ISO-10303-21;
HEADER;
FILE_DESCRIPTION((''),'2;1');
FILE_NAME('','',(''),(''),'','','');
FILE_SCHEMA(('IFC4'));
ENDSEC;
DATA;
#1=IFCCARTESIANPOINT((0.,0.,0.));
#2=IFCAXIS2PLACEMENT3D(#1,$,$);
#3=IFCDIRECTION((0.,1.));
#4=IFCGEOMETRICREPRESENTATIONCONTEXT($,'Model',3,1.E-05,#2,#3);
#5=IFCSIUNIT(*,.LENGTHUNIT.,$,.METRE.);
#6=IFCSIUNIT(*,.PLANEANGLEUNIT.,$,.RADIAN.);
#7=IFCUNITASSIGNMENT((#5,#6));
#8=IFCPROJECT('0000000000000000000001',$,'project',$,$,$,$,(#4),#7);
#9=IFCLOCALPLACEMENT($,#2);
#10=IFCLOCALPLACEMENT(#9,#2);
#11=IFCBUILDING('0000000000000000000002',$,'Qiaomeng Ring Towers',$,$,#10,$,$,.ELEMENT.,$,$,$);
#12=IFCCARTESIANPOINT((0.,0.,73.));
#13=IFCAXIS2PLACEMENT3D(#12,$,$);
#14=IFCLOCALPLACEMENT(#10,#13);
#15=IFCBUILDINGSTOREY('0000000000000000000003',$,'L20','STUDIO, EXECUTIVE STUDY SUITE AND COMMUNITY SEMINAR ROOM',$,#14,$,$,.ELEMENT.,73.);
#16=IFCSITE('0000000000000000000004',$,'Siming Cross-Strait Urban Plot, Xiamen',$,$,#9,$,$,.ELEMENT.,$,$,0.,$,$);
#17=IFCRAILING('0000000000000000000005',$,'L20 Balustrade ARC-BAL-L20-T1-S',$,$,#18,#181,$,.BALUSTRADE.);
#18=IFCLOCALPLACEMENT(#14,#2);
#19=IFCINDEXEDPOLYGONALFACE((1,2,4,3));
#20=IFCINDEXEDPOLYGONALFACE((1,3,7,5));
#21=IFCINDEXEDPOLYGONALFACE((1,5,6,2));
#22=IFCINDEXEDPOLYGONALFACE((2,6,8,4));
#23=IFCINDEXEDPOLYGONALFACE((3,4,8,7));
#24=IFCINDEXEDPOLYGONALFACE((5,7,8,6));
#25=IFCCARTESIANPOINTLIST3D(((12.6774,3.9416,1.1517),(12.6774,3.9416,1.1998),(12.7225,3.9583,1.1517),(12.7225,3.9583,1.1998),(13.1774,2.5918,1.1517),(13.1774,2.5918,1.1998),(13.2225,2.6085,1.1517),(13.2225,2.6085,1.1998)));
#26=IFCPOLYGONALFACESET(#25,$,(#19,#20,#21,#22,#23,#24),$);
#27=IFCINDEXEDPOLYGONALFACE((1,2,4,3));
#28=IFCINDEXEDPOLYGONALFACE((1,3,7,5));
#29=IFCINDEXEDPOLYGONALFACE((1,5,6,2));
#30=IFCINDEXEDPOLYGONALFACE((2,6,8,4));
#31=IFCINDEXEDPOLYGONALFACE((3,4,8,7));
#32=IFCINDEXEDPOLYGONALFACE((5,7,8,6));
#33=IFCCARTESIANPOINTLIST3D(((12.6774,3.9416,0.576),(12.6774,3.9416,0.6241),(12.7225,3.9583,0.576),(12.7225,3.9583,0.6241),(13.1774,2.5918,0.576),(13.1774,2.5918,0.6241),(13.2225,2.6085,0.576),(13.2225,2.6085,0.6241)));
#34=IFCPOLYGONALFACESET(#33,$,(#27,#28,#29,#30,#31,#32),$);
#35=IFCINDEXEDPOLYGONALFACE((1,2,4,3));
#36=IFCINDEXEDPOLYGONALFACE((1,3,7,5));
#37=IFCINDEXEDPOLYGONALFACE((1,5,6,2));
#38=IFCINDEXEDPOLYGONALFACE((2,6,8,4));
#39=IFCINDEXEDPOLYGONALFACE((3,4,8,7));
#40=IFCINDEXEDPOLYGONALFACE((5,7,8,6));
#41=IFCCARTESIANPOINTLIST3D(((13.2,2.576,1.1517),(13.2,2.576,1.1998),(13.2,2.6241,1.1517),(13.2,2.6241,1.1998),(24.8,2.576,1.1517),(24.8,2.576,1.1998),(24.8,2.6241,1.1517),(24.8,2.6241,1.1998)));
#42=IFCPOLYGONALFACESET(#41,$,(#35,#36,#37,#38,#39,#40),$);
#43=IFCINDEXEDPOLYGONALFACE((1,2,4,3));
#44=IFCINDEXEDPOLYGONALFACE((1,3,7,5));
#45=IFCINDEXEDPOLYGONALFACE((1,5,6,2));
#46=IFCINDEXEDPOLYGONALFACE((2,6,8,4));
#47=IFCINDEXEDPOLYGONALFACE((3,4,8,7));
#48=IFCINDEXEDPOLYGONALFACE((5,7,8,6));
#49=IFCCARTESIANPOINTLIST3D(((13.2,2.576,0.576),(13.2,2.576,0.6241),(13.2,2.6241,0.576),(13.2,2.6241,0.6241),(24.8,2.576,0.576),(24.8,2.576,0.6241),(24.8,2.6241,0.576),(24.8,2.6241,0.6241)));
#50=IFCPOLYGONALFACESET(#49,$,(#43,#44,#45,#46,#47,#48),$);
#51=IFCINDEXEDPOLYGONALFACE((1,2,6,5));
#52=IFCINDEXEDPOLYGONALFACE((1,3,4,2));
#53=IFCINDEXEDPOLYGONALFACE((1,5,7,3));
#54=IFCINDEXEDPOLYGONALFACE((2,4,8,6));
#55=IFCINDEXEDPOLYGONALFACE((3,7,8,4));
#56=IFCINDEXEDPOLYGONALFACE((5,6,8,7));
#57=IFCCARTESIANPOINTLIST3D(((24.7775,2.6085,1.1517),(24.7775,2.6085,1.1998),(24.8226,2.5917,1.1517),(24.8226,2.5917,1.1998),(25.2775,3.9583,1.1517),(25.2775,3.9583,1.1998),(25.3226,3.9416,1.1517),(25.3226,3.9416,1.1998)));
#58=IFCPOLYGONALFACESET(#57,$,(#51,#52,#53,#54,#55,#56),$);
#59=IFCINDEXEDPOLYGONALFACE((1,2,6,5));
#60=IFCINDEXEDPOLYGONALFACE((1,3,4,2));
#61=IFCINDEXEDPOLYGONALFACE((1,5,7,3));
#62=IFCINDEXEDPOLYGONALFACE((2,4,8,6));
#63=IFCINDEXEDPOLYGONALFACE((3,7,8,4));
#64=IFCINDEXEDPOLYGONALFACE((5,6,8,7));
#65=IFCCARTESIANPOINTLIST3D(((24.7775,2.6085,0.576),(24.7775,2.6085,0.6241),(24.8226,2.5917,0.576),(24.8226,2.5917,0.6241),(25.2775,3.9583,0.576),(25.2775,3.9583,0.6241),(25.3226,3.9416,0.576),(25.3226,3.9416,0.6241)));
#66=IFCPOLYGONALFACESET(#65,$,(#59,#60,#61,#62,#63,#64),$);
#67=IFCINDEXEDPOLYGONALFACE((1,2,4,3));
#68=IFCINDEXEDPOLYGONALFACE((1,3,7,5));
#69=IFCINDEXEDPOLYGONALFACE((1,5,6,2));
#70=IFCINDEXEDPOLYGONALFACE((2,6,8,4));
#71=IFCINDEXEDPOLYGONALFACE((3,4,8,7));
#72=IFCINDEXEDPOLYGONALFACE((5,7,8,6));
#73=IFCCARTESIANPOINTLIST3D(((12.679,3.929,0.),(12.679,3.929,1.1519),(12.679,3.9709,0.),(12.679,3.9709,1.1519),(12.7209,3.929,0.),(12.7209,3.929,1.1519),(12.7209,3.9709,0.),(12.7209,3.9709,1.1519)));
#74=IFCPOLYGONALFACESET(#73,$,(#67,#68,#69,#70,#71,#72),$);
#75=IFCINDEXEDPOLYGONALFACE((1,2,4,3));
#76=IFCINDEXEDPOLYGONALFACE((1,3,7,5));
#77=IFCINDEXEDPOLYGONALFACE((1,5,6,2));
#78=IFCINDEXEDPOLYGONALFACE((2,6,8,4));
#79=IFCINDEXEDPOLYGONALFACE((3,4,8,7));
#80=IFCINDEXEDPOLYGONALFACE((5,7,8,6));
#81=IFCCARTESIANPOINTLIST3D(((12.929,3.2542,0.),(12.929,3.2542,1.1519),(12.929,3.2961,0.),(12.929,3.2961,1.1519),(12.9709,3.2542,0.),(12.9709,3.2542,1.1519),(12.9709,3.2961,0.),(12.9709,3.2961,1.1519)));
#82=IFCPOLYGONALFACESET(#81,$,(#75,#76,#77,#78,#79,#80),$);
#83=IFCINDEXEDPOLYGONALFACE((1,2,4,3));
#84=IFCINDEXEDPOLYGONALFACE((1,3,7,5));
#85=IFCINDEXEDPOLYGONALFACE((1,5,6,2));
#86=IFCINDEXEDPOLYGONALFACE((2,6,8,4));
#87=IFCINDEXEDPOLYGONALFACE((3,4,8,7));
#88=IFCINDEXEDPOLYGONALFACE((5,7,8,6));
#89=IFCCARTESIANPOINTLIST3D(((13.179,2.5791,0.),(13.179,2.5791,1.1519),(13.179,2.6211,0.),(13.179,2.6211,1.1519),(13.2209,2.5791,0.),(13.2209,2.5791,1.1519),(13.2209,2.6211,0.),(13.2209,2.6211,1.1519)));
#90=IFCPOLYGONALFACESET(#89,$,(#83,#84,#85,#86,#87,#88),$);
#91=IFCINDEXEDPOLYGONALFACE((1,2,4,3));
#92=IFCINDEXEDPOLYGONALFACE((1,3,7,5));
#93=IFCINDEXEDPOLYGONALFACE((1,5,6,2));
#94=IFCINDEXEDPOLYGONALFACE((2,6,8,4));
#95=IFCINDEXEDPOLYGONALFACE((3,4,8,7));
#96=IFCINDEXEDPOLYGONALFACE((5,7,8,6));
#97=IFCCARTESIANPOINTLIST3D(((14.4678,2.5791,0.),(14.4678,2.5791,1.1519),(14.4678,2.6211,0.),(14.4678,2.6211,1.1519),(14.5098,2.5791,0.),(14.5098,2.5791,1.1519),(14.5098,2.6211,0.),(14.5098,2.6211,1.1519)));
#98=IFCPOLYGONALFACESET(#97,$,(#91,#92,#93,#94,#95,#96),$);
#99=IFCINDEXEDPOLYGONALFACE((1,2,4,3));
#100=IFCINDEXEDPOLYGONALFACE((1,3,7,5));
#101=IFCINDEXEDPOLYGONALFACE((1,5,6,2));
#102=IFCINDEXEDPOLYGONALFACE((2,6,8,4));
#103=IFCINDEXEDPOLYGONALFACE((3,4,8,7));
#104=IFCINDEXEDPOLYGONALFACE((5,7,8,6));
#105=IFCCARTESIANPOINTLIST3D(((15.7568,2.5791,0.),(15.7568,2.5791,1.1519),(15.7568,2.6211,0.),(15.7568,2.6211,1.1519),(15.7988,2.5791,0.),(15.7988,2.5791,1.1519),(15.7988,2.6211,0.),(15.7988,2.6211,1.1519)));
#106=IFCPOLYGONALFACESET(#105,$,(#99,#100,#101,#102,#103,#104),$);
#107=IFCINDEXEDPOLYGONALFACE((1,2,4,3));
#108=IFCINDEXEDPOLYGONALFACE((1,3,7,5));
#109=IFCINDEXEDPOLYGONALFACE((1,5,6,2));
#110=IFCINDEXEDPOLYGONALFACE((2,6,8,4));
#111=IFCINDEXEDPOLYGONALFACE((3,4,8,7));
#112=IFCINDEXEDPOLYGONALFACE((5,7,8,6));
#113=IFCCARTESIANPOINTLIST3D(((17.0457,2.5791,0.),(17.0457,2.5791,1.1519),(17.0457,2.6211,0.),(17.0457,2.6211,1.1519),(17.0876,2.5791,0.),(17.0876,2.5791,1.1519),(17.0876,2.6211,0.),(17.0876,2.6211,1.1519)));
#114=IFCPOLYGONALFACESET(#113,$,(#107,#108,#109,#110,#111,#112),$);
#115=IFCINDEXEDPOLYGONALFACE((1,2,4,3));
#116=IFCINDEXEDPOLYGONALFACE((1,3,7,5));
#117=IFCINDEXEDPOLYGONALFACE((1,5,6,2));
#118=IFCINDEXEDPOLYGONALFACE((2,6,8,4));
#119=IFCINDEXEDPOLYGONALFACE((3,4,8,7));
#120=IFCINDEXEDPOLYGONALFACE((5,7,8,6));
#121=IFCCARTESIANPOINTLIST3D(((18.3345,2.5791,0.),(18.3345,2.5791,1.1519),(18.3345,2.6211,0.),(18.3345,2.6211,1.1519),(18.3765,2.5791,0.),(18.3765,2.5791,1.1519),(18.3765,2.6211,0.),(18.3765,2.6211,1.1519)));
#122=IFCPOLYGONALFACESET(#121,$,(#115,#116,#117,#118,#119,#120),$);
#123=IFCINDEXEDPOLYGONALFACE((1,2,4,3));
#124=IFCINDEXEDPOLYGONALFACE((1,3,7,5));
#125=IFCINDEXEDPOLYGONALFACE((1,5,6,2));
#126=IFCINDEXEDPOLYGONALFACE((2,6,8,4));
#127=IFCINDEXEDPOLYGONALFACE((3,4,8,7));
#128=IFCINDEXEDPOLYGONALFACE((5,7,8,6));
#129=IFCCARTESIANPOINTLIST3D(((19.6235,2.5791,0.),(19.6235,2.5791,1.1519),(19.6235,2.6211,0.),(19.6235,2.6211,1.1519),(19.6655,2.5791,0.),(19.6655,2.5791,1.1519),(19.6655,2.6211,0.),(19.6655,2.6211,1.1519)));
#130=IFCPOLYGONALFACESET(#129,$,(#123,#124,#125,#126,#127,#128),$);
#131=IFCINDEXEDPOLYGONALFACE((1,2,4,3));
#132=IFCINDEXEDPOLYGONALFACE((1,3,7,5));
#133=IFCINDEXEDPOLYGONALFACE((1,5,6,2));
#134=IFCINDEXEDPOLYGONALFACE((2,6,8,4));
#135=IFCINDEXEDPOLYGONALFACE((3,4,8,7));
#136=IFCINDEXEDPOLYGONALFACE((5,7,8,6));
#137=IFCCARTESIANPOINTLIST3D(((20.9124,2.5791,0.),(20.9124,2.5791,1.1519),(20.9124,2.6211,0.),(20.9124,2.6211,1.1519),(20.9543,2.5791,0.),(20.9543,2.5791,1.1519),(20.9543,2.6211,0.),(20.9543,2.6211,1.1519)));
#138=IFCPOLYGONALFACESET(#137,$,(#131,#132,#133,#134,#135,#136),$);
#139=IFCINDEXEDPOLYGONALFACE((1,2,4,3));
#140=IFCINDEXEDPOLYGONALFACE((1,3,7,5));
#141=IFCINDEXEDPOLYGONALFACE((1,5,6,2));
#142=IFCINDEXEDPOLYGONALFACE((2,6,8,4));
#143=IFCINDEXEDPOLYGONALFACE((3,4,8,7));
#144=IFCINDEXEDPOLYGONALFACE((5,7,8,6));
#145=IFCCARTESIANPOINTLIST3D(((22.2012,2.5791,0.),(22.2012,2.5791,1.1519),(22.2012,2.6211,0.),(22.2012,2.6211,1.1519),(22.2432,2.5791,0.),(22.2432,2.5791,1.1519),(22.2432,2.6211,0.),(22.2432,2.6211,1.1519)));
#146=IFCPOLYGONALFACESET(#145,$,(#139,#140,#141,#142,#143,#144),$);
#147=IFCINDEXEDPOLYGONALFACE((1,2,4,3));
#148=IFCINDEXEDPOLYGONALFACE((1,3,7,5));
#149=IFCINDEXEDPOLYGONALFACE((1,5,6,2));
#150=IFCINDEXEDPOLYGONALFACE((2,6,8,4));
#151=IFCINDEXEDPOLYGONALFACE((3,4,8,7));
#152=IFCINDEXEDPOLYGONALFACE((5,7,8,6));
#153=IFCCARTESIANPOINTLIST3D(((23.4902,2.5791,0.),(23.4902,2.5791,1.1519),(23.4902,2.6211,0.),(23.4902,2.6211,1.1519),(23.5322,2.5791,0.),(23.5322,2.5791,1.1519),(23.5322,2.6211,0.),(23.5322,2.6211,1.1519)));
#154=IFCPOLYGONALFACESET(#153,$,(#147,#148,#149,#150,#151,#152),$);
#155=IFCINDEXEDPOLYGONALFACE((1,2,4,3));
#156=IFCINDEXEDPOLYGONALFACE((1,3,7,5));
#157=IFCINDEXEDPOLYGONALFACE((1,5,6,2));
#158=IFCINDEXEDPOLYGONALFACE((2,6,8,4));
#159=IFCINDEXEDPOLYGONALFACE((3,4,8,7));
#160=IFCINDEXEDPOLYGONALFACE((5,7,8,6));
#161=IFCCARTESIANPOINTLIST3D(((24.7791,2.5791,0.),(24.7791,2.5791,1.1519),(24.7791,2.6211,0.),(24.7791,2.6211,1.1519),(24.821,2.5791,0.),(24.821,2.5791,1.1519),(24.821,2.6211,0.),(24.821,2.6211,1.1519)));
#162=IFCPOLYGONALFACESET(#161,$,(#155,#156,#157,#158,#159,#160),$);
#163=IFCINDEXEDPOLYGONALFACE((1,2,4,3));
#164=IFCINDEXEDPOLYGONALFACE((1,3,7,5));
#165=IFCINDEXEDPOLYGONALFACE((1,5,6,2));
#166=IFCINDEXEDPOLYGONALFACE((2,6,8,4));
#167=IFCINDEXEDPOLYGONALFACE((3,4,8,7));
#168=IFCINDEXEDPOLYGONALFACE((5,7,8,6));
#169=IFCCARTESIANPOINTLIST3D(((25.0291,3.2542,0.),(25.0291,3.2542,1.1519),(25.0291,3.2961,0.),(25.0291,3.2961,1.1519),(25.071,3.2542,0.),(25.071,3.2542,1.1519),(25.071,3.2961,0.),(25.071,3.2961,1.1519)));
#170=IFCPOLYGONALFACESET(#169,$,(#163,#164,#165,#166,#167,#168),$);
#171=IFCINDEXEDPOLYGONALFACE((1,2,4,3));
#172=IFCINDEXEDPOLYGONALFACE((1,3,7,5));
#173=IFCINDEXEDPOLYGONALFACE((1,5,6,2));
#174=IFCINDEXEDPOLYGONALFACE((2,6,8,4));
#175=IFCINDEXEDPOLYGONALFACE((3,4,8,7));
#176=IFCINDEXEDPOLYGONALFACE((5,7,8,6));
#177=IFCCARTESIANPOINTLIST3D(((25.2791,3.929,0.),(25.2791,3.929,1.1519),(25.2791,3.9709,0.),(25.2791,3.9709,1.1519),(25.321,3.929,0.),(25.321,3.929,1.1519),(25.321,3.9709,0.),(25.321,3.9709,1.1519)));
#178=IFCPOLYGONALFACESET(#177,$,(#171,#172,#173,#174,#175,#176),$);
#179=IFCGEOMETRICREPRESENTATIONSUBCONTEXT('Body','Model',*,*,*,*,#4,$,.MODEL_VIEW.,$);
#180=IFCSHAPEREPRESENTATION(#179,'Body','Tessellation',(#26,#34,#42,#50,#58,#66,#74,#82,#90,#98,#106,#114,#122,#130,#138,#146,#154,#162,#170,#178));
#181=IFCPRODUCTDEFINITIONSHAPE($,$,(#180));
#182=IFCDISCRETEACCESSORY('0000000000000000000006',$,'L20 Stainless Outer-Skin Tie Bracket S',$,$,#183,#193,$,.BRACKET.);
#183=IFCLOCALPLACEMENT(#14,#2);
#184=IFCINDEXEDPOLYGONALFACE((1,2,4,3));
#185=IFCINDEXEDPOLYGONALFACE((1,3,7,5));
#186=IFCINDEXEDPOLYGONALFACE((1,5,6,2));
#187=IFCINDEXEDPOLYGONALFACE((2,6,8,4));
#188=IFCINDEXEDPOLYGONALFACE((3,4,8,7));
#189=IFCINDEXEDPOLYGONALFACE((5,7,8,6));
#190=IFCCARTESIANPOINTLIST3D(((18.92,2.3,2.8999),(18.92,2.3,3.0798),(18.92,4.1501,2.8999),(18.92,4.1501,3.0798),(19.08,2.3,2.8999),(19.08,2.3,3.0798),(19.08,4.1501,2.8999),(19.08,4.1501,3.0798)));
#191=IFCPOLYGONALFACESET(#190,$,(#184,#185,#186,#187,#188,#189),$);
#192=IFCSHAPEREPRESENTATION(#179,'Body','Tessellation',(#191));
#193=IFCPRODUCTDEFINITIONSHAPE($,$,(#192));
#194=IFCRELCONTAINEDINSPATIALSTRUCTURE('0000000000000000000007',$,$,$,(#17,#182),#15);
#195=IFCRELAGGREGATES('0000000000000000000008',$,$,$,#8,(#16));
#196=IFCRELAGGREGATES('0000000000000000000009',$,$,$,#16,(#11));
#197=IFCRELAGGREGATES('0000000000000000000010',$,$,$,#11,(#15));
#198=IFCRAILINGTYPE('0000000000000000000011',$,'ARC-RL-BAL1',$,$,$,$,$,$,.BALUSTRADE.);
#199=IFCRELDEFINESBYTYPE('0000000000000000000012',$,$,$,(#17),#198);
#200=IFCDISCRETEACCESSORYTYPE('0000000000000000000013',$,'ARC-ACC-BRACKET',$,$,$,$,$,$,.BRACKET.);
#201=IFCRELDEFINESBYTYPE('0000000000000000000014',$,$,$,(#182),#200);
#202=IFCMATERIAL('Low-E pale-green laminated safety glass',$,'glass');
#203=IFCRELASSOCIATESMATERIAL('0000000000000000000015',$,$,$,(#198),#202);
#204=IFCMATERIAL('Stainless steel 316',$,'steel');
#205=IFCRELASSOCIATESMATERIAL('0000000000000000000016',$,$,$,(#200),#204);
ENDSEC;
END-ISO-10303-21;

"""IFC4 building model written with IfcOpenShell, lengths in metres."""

from ifc_helpers import new_model, si_unit, direction, frame, origin, origin_2d, place, context, subcontext, project, spatial, rectangle, extrude, source, transform, mapped, material, type_object, element, save


model = new_model("IFC4")

# Units and contexts
model_context = context("Model", 3, precision=1e-05, world=origin(), true_north=direction((0.0, 1.0)))
body_context = subcontext(model_context, "Body", "Model", "MODEL_VIEW")
ifc_project = project(units=[si_unit("LENGTHUNIT", "METRE"), si_unit("PLANEANGLEUNIT", "RADIAN")], contexts=[model_context])

# Site, building, storey
site_placement = place(None, origin())
site = spatial("IfcSite", under=ifc_project, at=site_placement, Name="Siming Cross-Strait Urban Plot, Xiamen", CompositionType="ELEMENT", RefElevation=0.0)
building_placement = place(site_placement, origin())
building = spatial("IfcBuilding", under=site, at=building_placement, Name="Qiaomeng Ring Towers", CompositionType="ELEMENT")
storey_placement = place(building_placement, frame((0.0, 0.0, 73.0)))
storey = spatial("IfcBuildingStorey", under=building, at=storey_placement, Name="L20", Description="STUDIO, EXECUTIVE STUDY SUITE AND COMMUNITY SEMINAR ROOM", CompositionType="ELEMENT", Elevation=73.0)

# Shared definitions
ifc_material_1 = material(Name="Stainless steel 316", Category="steel")

# Railing
ifc_material_2 = material(Name="Low-E pale-green laminated safety glass", Category="glass")
railing_type = type_object("IfcRailingType", Name="ARC-RL-BAL1", PredefinedType="BALUSTRADE", material=ifc_material_2)
railing_placement = place(storey_placement, frame((12.7, 3.95, 0.0)))
element("IfcRailing", 1, at=railing_placement, inside=storey, type_object=railing_type, Name="L20 Balustrade ARC-BAL-L20-T1-S", PredefinedType="BALUSTRADE", context=body_context, shape_type="SweptSolid", body=[
    extrude(rectangle(XDim=0.0481, YDim=0.0481, at=origin_2d()), frame((0.0, 0.0, 1.1758), z_axis=(0.347347, -0.937736, 0.0), x_axis=(0.937736, 0.347347, 0.0)), (0.0, 0.0, 1.0), 1.4395),
    extrude(rectangle(XDim=0.0481, YDim=0.0481, at=origin_2d()), frame((0.0, 0.0, 0.6001), z_axis=(0.347347, -0.937736, 0.0), x_axis=(0.937736, 0.347347, 0.0)), (0.0, 0.0, 1.0), 1.4395),
    extrude(rectangle(XDim=0.0481, YDim=0.0481, at=origin_2d()), frame((0.5, -1.3499, 1.1758), z_axis=(1.0, 0.0, 0.0), x_axis=(0.0, 1.0, 0.0)), (0.0, 0.0, 1.0), 11.6001),
    extrude(rectangle(XDim=0.0481, YDim=0.0481, at=origin_2d()), frame((0.5, -1.3499, 0.6001), z_axis=(1.0, 0.0, 0.0), x_axis=(0.0, 1.0, 0.0)), (0.0, 0.0, 1.0), 11.6001),
    extrude(rectangle(XDim=0.0481, YDim=0.0481, at=origin_2d()), frame((12.1001, -1.3499, 1.1758), z_axis=(0.347347, 0.937736, 0.0), x_axis=(-0.937736, 0.347347, 0.0)), (0.0, 0.0, 1.0), 1.4395),
    extrude(rectangle(XDim=0.0481, YDim=0.0481, at=origin_2d()), frame((12.1001, -1.3499, 0.6001), z_axis=(0.347347, 0.937736, 0.0), x_axis=(-0.937736, 0.347347, 0.0)), (0.0, 0.0, 1.0), 1.4395),
    extrude(rectangle(XDim=0.042, YDim=0.042, at=origin_2d()), origin(), (0.0, 0.0, 1.0), 1.1519),
    extrude(rectangle(XDim=0.042, YDim=0.042, at=origin_2d()), frame((0.25, -0.6748, 0.0)), (0.0, 0.0, 1.0), 1.1519),
    extrude(rectangle(XDim=0.042, YDim=0.042, at=origin_2d()), frame((0.5, -1.3499, 0.0)), (0.0, 0.0, 1.0), 1.1519),
    extrude(rectangle(XDim=0.042, YDim=0.042, at=origin_2d()), frame((1.7888, -1.3499, 0.0)), (0.0, 0.0, 1.0), 1.1519),
    extrude(rectangle(XDim=0.042, YDim=0.042, at=origin_2d()), frame((3.0779, -1.3499, 0.0)), (0.0, 0.0, 1.0), 1.1519),
    extrude(rectangle(XDim=0.042, YDim=0.042, at=origin_2d()), frame((4.3667, -1.3499, 0.0)), (0.0, 0.0, 1.0), 1.1519),
    extrude(rectangle(XDim=0.042, YDim=0.042, at=origin_2d()), frame((5.6555, -1.3499, 0.0)), (0.0, 0.0, 1.0), 1.1519),
    extrude(rectangle(XDim=0.042, YDim=0.042, at=origin_2d()), frame((6.9446, -1.3499, 0.0)), (0.0, 0.0, 1.0), 1.1519),
    extrude(rectangle(XDim=0.042, YDim=0.042, at=origin_2d()), frame((8.2334, -1.3499, 0.0)), (0.0, 0.0, 1.0), 1.1519),
    extrude(rectangle(XDim=0.042, YDim=0.042, at=origin_2d()), frame((9.5222, -1.3499, 0.0)), (0.0, 0.0, 1.0), 1.1519),
    extrude(rectangle(XDim=0.042, YDim=0.042, at=origin_2d()), frame((10.8113, -1.3499, 0.0)), (0.0, 0.0, 1.0), 1.1519),
    extrude(rectangle(XDim=0.042, YDim=0.042, at=origin_2d()), frame((12.1001, -1.3499, 0.0)), (0.0, 0.0, 1.0), 1.1519),
    extrude(rectangle(XDim=0.042, YDim=0.042, at=origin_2d()), frame((12.3501, -0.6748, 0.0)), (0.0, 0.0, 1.0), 1.1519),
    extrude(rectangle(XDim=0.042, YDim=0.042, at=origin_2d()), frame((12.6001, 0.0, 0.0)), (0.0, 0.0, 1.0), 1.1519),
])

# Discrete accessory
discrete_accessory_type = type_object("IfcDiscreteAccessoryType", Name="ARC-ACC-BRACKET", PredefinedType="BRACKET", material=ifc_material_1)
shared_shape_1 = source(origin(), body_context, "Body", "SweptSolid", [
    extrude(rectangle(XDim=0.1599, YDim=1.8501, at=origin_2d()), origin(), (0.0, 0.0, 1.0), 0.1799),
])
discrete_accessory_placement = place(storey_placement, frame((19.0, 3.2251, 2.8999), z_axis=(0.0, 0.0, 1.0), x_axis=(1.0, 0.0, 0.0)))
element("IfcDiscreteAccessory", 2, at=discrete_accessory_placement, inside=storey, type_object=discrete_accessory_type, Name="L20 Stainless Outer-Skin Tie Bracket S", PredefinedType="BRACKET", context=body_context, shape_type="MappedRepresentation", body=[
    mapped(shared_shape_1, transform((0.0, 0.0, 0.0), x_axis=(1.0, 0.0, 0.0), y_axis=(0.0, 1.0, 0.0), z_axis=(0.0, 0.0, 1.0), scale=1.0)),
])

save(model, "model.ifc")
